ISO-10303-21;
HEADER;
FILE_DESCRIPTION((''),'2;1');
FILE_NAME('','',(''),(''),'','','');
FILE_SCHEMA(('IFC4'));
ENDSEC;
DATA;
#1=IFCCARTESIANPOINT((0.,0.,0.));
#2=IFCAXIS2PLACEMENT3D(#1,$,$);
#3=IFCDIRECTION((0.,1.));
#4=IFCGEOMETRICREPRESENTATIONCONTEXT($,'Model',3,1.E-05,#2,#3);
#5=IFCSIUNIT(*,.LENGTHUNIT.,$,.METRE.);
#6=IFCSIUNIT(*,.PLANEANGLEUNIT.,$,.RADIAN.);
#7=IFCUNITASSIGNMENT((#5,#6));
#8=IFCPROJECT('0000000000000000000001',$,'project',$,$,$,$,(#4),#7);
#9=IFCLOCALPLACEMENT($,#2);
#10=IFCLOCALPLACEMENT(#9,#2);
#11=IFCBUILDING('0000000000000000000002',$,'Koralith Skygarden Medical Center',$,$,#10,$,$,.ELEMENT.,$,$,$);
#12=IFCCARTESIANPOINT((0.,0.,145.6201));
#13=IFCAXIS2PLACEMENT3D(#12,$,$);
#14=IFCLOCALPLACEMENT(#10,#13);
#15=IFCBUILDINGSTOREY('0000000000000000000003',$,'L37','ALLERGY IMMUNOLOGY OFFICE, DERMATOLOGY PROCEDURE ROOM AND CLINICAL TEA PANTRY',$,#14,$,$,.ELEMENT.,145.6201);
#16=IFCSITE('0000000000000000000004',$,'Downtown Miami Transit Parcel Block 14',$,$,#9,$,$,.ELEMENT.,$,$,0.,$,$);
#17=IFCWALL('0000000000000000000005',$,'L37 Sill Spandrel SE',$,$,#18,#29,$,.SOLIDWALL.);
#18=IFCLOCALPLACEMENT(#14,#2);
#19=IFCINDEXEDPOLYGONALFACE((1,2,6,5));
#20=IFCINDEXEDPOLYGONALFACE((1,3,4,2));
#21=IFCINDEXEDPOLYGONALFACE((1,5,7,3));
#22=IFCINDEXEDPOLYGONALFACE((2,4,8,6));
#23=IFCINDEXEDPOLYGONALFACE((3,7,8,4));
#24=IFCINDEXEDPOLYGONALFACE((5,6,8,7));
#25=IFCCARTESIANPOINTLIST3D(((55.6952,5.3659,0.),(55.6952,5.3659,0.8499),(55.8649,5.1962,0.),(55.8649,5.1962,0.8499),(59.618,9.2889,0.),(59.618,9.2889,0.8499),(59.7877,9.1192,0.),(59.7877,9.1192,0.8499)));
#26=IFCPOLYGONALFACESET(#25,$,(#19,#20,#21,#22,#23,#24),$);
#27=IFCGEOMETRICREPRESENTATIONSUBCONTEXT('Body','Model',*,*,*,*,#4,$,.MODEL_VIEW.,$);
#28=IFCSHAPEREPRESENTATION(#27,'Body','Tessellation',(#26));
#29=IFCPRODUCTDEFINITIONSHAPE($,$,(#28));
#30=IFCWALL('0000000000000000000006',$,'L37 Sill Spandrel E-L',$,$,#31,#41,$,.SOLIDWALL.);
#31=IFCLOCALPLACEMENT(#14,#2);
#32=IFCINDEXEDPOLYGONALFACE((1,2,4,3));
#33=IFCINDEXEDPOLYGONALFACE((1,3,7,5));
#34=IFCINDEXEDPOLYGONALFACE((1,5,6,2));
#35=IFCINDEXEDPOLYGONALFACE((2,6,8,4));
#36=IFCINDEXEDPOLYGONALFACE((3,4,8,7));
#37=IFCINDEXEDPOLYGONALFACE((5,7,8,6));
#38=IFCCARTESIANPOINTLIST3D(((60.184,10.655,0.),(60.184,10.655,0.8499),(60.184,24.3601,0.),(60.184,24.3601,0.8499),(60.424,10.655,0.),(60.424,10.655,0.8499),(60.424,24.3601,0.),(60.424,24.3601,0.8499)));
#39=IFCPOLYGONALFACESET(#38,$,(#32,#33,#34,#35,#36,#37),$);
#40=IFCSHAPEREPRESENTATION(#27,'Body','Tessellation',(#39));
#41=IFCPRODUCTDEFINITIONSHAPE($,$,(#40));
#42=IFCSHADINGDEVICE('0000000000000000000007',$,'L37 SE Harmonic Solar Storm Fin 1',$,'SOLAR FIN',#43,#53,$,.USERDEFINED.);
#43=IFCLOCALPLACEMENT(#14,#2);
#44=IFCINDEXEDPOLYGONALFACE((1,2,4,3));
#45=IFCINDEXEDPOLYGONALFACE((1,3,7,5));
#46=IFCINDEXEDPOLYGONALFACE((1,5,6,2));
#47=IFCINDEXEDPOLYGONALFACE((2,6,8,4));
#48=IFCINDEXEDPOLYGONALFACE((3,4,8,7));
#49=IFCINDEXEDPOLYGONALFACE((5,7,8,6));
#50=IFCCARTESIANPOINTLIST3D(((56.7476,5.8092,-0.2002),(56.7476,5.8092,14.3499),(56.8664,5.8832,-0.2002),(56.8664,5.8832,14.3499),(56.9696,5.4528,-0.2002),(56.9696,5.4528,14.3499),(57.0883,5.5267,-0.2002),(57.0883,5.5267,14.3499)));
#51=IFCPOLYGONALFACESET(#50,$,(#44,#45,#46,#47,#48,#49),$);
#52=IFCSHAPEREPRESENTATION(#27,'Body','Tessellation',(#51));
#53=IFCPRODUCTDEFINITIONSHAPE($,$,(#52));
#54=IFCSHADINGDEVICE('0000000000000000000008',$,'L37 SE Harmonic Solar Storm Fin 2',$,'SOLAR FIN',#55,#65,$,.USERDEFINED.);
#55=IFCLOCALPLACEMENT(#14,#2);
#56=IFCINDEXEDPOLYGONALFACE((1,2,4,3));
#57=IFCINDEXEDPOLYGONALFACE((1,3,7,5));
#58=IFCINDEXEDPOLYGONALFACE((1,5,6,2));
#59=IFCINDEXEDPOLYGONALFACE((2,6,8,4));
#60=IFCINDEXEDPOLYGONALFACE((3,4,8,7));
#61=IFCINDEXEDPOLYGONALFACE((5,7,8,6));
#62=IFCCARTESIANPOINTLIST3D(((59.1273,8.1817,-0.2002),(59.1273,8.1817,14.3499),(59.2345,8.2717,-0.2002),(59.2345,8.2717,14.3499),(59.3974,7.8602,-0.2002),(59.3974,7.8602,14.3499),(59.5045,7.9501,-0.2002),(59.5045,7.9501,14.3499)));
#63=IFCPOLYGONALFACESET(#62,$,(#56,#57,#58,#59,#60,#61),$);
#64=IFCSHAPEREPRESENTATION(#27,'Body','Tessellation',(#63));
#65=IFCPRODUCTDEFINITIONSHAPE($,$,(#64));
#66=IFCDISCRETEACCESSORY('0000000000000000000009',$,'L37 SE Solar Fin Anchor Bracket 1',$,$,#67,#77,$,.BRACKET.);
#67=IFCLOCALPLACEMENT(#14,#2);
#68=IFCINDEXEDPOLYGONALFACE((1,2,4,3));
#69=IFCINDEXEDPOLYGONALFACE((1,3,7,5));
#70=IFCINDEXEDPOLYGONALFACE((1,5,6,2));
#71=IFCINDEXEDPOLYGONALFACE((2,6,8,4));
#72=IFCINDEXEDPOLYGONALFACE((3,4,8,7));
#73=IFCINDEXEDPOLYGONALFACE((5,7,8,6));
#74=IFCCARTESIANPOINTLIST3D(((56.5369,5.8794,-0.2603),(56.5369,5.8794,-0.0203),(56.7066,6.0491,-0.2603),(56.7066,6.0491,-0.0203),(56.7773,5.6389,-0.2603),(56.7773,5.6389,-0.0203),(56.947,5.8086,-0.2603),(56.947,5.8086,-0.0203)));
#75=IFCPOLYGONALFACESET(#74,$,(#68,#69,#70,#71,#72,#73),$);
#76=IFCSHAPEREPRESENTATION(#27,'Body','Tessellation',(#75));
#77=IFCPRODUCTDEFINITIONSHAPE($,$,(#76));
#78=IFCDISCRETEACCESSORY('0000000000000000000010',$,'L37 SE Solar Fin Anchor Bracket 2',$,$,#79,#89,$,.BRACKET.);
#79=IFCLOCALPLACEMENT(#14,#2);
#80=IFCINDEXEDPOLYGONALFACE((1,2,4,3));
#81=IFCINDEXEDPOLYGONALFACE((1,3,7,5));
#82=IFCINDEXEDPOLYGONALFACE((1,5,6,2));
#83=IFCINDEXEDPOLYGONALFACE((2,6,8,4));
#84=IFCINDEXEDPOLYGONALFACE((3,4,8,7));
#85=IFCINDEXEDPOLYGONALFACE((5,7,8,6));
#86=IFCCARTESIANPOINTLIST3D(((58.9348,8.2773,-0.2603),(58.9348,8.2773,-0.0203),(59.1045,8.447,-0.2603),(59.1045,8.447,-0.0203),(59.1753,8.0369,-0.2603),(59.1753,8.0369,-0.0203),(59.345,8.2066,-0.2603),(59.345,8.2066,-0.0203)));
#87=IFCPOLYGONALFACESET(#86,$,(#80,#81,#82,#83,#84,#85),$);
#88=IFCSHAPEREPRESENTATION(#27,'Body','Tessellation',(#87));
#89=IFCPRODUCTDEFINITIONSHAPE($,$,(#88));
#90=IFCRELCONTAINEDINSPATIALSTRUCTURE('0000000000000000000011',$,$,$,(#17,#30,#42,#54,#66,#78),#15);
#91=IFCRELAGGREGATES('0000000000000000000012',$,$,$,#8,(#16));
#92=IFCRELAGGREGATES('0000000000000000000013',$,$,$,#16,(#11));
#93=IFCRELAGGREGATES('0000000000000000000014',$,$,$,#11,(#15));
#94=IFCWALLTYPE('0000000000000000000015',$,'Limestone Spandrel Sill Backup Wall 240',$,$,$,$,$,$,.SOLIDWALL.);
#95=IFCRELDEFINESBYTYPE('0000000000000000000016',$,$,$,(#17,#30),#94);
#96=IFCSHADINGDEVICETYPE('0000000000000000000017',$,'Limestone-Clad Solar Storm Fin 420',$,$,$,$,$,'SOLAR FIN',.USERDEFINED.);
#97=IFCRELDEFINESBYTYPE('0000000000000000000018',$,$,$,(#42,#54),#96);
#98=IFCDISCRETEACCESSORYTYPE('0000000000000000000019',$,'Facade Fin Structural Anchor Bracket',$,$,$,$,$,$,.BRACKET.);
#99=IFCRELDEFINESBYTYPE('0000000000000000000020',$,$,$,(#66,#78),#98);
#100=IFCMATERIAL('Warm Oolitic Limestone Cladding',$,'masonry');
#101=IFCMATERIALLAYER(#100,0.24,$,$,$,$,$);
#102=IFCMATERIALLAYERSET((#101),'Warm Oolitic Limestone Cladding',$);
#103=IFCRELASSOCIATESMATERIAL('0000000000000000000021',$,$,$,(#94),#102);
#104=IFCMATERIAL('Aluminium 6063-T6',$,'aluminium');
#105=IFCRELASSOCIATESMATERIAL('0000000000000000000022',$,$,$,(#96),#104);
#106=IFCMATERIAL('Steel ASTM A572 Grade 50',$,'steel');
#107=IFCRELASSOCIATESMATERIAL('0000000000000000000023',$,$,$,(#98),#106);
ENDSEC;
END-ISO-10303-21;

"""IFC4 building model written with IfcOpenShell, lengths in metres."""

from ifc_helpers import new_model, si_unit, direction, frame, frame_2d, origin, origin_2d, place, context, subcontext, project, spatial, rectangle, extrude, material, layer, layer_set, type_object, element, save


model = new_model("IFC4")

# Units and contexts
model_context = context("Model", 3, precision=1e-05, world=origin(), true_north=direction((0.0, 1.0)))
body_context = subcontext(model_context, "Body", "Model", "MODEL_VIEW")
ifc_project = project(units=[si_unit("LENGTHUNIT", "METRE"), si_unit("PLANEANGLEUNIT", "RADIAN")], contexts=[model_context])

# Site, building, storey
site_placement = place(None, origin())
site = spatial("IfcSite", under=ifc_project, at=site_placement, Name="Downtown Miami Transit Parcel Block 14", CompositionType="ELEMENT", RefElevation=0.0)
building_placement = place(site_placement, origin())
building = spatial("IfcBuilding", under=site, at=building_placement, Name="Koralith Skygarden Medical Center", CompositionType="ELEMENT")
storey_placement = place(building_placement, frame((0.0, 0.0, 145.6201)))
storey = spatial("IfcBuildingStorey", under=building, at=storey_placement, Name="L37", Description="ALLERGY IMMUNOLOGY OFFICE, DERMATOLOGY PROCEDURE ROOM AND CLINICAL TEA PANTRY", CompositionType="ELEMENT", Elevation=145.6201)

# Shared definitions
ifc_material_1 = material(Name="Aluminium 6063-T6", Category="aluminium")

# Shared definitions
ifc_material_2 = material(Name="Warm Oolitic Limestone Cladding", Category="masonry")

# Walls
ifc_layer_1 = layer(ifc_material_2, 0.24)
ifc_layer_set_1 = layer_set([ifc_layer_1], Name="Warm Oolitic Limestone Cladding")
wall_type = type_object("IfcWallType", Name="Limestone Spandrel Sill Backup Wall 240", PredefinedType="SOLIDWALL", material=ifc_layer_set_1)
wall_1_placement = place(storey_placement, frame((55.78, 5.281, 0.0), z_axis=(0.0, 0.0, 1.0), x_axis=(0.707085, 0.707129, 0.0)))
element("IfcWall", 1, at=wall_1_placement, inside=storey, type_object=wall_type, Name="L37 Sill Spandrel SE", PredefinedType="SOLIDWALL", context=body_context, shape_type="SweptSolid", body=[
    extrude(rectangle(XDim=5.5479, YDim=0.24, at=frame_2d((2.7739, 0.0))), origin(), (0.0, 0.0, 1.0), 0.8499),
])
wall_2_placement = place(storey_placement, frame((60.304, 10.655, 0.0), z_axis=(0.0, 0.0, 1.0), x_axis=(0.0, 1.0, 0.0)))
element("IfcWall", 2, at=wall_2_placement, inside=storey, type_object=wall_type, Name="L37 Sill Spandrel E-L", PredefinedType="SOLIDWALL", context=body_context, shape_type="SweptSolid", body=[
    extrude(rectangle(XDim=13.7051, YDim=0.24, at=frame_2d((6.8525, 0.0))), origin(), (0.0, 0.0, 1.0), 0.8499),
])

# Shading devices
shading_device_type = type_object("IfcShadingDeviceType", Name="Limestone-Clad Solar Storm Fin 420", ElementType="SOLAR FIN", PredefinedType="USERDEFINED", material=ifc_material_1)
for number, where, z_axis, x_axis, name in (
    (3, (56.918, 5.668, -0.2002), (0.0, 0.0, 1.0), (0.528601, -0.84887, 0.0), "L37 SE Harmonic Solar Storm Fin 1"),
    (4, (59.3159, 8.0659, -0.2002), (0.0, 0.0, 1.0), (0.643095, -0.765786, 0.0), "L37 SE Harmonic Solar Storm Fin 2"),
):
    element("IfcShadingDevice", number, at=place(storey_placement, frame(where, z_axis=z_axis, x_axis=x_axis)), inside=storey, type_object=shading_device_type, Name=name, ObjectType="SOLAR FIN", PredefinedType="USERDEFINED", context=body_context, shape_type="SweptSolid", body=[
        extrude(rectangle(XDim=0.4199, YDim=0.1399, at=origin_2d()), origin(), (0.0, 0.0, 1.0), 14.55),
    ])

# Discrete accessories
ifc_material_3 = material(Name="Steel ASTM A572 Grade 50", Category="steel")
discrete_accessory_type = type_object("IfcDiscreteAccessoryType", Name="Facade Fin Structural Anchor Bracket", PredefinedType="BRACKET", material=ifc_material_3)
for number, where, z_axis, x_axis, name in (
    (5, (56.7419, 5.844, -0.2603), (0.0, 0.0, 1.0), (0.707107, -0.707107, 0.0), "L37 SE Solar Fin Anchor Bracket 1"),
    (6, (59.1399, 8.2419, -0.2603), (0.0, 0.0, 1.0), (0.707107, -0.707107, 0.0), "L37 SE Solar Fin Anchor Bracket 2"),
):
    element("IfcDiscreteAccessory", number, at=place(storey_placement, frame(where, z_axis=z_axis, x_axis=x_axis)), inside=storey, type_object=discrete_accessory_type, Name=name, PredefinedType="BRACKET", context=body_context, shape_type="SweptSolid", body=[
        extrude(rectangle(XDim=0.3401, YDim=0.24, at=origin_2d()), origin(), (0.0, 0.0, 1.0), 0.24),
    ])

save(model, "model.ifc")
